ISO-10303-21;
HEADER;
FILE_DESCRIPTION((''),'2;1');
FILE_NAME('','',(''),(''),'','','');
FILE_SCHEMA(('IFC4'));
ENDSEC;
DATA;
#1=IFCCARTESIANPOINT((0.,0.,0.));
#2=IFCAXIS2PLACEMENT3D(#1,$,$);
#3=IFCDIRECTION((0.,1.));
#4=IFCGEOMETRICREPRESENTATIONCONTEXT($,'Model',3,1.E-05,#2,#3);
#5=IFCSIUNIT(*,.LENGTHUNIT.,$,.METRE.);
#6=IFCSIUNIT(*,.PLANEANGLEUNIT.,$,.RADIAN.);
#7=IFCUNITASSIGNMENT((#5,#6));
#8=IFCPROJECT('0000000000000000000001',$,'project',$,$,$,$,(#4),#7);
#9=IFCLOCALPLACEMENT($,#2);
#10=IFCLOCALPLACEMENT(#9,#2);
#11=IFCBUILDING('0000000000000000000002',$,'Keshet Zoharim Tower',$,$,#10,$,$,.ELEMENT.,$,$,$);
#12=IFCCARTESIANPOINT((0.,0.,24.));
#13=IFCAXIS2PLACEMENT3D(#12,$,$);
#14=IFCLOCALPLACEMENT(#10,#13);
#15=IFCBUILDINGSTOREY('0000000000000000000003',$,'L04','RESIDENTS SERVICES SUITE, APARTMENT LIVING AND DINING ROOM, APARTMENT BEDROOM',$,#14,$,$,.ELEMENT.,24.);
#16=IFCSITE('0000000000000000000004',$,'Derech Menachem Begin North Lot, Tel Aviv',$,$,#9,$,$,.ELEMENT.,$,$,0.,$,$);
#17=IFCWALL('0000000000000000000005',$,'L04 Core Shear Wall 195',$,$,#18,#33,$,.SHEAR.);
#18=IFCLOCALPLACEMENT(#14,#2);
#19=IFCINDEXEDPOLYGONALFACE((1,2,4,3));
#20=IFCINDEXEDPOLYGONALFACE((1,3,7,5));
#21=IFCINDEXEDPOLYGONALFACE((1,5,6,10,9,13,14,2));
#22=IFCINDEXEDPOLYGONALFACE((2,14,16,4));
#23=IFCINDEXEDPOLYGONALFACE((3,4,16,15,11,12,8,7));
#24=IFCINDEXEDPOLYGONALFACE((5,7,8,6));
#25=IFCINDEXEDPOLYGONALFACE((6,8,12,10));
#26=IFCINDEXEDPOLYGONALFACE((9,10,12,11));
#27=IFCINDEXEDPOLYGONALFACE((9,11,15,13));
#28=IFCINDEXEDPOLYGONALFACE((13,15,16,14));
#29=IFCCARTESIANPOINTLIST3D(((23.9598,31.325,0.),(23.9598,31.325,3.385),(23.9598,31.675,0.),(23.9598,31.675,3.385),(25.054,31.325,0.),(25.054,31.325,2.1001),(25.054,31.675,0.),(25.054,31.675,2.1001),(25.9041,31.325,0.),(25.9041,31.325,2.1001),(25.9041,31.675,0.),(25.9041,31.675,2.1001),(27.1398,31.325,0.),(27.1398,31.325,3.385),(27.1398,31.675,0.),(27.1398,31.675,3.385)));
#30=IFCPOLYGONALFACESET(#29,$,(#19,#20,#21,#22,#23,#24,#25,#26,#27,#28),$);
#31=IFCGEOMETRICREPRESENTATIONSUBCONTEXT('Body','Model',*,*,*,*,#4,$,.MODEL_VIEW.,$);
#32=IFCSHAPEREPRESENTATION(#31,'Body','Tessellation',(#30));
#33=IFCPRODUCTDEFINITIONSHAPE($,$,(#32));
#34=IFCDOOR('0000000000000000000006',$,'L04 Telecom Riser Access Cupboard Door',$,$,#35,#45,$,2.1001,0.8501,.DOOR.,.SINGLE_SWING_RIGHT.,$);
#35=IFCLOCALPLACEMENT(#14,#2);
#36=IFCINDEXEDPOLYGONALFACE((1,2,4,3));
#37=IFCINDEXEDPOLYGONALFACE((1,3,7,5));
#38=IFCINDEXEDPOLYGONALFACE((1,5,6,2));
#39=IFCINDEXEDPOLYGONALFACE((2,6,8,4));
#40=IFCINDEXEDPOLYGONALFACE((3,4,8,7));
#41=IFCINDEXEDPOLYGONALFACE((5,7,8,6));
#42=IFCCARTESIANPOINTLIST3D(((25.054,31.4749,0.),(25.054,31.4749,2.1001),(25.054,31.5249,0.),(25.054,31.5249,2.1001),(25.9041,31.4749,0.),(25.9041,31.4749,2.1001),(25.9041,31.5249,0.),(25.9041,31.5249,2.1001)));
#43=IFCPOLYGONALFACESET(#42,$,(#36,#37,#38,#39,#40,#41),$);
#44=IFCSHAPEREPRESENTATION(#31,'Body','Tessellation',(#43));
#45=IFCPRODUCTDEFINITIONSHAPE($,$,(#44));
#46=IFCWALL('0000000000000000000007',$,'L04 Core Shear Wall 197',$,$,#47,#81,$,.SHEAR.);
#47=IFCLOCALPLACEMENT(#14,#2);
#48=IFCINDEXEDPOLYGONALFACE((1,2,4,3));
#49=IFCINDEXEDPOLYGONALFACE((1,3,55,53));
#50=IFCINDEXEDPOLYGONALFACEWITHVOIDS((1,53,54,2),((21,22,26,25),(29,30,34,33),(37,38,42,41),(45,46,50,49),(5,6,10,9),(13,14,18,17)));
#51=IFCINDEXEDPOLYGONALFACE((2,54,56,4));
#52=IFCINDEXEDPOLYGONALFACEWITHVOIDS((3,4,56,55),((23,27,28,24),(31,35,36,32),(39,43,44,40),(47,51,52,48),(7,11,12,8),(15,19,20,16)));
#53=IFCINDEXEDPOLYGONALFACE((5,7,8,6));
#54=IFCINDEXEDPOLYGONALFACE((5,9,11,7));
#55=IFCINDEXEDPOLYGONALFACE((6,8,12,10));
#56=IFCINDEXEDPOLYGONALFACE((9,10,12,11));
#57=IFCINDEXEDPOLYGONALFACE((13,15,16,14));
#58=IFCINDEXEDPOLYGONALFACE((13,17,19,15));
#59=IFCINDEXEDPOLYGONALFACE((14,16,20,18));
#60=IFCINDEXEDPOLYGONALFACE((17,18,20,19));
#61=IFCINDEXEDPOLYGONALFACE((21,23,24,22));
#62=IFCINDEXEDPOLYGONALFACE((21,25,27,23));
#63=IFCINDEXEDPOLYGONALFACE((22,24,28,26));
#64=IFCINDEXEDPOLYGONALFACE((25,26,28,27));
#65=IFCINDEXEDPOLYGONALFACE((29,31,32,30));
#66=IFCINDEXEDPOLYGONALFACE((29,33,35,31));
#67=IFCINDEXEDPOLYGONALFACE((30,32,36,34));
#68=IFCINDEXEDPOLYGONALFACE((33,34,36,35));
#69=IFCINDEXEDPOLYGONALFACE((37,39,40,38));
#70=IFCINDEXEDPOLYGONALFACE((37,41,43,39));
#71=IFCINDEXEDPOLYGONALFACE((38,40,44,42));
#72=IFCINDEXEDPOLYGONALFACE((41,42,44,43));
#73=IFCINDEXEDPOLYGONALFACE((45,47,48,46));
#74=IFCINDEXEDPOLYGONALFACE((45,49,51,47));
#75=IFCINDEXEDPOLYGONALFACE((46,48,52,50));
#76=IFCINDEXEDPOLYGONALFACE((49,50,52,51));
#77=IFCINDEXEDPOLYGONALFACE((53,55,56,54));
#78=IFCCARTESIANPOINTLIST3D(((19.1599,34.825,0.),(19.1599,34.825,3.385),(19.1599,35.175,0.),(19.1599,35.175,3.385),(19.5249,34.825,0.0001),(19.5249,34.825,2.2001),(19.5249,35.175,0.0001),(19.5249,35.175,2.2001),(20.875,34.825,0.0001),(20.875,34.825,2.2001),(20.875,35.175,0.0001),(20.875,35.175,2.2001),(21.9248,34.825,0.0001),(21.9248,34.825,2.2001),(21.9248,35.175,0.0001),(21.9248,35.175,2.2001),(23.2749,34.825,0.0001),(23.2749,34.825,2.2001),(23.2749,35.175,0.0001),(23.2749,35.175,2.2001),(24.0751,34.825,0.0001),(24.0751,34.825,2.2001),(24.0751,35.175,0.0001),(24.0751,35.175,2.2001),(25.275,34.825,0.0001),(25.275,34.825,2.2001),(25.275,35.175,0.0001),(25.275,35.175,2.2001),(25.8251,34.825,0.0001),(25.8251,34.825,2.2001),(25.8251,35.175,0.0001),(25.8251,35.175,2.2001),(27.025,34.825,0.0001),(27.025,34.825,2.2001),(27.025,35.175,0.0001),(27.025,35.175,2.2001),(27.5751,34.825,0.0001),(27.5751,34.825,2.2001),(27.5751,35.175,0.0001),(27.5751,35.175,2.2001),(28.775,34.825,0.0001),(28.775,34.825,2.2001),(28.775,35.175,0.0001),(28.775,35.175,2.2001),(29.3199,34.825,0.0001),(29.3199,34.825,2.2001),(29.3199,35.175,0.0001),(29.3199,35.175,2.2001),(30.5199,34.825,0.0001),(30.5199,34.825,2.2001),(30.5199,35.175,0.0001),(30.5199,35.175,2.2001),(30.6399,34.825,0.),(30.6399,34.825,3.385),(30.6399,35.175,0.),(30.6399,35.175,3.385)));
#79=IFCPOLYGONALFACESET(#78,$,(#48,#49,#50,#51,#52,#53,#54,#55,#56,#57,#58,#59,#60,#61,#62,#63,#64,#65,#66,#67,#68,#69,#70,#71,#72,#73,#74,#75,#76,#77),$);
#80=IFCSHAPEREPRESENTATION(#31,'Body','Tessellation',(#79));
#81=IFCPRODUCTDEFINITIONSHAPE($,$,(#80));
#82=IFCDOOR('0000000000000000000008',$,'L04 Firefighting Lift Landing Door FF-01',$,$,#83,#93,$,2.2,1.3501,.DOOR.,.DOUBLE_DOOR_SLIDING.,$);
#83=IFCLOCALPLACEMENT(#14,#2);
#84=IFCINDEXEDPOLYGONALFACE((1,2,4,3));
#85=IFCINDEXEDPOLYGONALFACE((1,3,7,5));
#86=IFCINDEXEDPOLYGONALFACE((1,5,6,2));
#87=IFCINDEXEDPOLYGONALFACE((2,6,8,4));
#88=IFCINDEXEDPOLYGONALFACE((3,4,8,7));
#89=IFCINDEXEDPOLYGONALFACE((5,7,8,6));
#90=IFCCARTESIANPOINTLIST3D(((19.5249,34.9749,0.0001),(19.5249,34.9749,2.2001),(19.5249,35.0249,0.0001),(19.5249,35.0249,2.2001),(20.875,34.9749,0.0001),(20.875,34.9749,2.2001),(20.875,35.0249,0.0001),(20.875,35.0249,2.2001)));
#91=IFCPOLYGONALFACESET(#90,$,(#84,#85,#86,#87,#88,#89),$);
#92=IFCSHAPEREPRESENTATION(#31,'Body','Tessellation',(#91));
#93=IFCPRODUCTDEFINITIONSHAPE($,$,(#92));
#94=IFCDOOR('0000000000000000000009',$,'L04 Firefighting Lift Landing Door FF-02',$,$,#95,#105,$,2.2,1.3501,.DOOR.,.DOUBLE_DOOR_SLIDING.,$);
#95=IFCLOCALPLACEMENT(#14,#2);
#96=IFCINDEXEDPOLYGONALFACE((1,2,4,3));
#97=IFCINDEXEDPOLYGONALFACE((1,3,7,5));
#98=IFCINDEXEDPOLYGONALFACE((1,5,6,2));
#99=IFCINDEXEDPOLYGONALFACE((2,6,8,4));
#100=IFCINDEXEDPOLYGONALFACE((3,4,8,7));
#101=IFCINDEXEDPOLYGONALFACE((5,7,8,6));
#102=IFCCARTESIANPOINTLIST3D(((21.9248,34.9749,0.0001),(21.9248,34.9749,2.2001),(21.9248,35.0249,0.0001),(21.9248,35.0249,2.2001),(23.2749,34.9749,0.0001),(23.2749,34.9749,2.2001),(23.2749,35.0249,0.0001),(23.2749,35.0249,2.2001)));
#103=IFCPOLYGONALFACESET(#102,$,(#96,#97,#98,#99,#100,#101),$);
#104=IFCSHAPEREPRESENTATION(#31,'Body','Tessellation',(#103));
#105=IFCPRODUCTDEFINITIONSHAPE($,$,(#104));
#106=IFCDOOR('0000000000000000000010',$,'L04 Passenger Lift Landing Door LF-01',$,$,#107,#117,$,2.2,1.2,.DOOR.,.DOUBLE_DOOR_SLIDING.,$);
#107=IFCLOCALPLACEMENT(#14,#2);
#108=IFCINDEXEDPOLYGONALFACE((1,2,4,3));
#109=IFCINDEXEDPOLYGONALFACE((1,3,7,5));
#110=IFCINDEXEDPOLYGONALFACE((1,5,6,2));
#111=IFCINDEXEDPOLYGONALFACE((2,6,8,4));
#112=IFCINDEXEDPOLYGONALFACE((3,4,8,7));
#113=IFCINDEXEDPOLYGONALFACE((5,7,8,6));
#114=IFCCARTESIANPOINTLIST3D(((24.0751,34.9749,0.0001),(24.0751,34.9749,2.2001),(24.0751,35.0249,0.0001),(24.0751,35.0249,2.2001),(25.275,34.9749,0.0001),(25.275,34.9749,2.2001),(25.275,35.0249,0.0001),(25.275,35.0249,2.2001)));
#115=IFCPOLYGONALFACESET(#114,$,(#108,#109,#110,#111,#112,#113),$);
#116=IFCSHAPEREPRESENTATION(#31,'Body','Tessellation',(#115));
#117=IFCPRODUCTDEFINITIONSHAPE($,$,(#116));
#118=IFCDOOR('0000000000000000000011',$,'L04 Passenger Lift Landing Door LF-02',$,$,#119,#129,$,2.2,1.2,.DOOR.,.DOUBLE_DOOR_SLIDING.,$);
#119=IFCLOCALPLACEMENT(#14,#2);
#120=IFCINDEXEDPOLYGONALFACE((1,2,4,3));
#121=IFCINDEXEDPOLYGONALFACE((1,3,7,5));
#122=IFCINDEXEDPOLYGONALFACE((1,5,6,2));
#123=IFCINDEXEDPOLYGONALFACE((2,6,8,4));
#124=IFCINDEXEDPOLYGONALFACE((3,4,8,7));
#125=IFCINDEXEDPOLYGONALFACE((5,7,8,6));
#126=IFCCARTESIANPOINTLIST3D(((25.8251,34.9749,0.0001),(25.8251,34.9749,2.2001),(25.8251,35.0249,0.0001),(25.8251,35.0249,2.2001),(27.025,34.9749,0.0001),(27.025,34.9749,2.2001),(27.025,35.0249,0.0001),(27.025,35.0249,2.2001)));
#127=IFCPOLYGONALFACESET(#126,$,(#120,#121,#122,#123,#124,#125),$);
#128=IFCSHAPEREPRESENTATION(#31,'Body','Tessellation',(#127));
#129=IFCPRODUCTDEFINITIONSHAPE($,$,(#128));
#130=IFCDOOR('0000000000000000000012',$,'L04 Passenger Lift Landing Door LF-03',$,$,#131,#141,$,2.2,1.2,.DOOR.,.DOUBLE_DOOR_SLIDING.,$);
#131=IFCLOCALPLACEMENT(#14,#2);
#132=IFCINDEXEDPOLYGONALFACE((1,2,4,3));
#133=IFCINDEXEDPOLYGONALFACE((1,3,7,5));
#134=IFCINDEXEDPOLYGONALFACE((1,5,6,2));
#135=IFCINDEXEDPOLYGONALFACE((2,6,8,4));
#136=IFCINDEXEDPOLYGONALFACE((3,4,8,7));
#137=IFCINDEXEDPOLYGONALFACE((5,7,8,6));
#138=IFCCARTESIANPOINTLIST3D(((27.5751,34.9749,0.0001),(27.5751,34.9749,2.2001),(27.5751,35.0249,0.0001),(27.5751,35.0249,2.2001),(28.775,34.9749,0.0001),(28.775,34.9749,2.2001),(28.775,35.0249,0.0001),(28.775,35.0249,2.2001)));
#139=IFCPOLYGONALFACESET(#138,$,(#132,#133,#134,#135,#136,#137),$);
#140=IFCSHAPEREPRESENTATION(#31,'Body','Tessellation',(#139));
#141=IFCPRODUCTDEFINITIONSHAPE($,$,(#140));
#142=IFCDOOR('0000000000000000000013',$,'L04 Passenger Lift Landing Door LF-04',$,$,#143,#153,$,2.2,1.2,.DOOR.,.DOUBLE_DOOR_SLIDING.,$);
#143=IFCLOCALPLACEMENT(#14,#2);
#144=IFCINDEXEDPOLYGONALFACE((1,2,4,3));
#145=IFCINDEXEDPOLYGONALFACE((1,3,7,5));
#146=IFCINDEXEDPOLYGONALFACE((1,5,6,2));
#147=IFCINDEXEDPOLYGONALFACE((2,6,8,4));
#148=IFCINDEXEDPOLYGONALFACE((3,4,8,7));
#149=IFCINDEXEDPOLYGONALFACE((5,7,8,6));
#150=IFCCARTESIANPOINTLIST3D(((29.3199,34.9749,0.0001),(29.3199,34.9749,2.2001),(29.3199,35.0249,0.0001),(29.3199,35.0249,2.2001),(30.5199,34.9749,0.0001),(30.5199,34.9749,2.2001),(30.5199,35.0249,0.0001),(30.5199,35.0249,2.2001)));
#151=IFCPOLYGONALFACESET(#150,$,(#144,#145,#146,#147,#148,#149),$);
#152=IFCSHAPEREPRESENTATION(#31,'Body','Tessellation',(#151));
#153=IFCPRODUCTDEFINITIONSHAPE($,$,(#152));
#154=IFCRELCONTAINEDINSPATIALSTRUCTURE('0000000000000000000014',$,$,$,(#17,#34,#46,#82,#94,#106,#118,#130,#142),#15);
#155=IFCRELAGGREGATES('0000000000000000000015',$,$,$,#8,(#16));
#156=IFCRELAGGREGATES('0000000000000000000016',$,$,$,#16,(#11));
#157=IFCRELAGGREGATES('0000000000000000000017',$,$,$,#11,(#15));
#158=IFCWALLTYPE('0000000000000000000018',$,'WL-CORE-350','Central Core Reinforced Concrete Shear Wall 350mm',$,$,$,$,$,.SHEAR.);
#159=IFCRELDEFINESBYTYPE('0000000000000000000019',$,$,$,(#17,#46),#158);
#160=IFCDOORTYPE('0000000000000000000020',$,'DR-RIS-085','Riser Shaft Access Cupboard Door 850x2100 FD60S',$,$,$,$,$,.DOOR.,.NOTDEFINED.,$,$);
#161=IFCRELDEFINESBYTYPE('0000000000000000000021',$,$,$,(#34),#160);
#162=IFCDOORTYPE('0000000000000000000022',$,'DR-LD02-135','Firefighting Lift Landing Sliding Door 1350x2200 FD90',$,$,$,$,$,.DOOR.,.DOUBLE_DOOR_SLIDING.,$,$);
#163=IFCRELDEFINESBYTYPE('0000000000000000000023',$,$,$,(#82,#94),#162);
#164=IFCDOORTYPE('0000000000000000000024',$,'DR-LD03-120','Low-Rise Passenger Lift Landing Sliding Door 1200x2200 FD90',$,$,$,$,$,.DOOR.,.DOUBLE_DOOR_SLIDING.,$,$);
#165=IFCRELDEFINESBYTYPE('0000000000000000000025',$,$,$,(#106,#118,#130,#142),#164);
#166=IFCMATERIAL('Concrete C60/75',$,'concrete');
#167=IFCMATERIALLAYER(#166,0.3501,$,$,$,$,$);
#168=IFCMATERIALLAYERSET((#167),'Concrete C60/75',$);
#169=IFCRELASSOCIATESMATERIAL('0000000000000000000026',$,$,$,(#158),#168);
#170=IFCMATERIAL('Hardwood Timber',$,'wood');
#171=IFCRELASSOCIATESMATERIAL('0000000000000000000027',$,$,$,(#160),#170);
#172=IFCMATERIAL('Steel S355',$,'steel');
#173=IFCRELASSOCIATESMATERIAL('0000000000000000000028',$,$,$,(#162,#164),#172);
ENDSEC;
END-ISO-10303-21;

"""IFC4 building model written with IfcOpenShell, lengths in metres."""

from ifc_helpers import new_model, si_unit, direction, frame, frame_2d, origin, place, context, subcontext, project, spatial, rectangle, extrude, material, layer, layer_set, type_object, element, fill, save


model = new_model("IFC4")

# Units and contexts
model_context = context("Model", 3, precision=1e-05, world=origin(), true_north=direction((0.0, 1.0)))
body_context = subcontext(model_context, "Body", "Model", "MODEL_VIEW")
ifc_project = project(units=[si_unit("LENGTHUNIT", "METRE"), si_unit("PLANEANGLEUNIT", "RADIAN")], contexts=[model_context])

# Site, building, storey
site_placement = place(None, origin())
site = spatial("IfcSite", under=ifc_project, at=site_placement, Name="Derech Menachem Begin North Lot, Tel Aviv", CompositionType="ELEMENT", RefElevation=0.0)
building_placement = place(site_placement, origin())
building = spatial("IfcBuilding", under=site, at=building_placement, Name="Keshet Zoharim Tower", CompositionType="ELEMENT")
storey_placement = place(building_placement, frame((0.0, 0.0, 24.0)))
storey = spatial("IfcBuildingStorey", under=building, at=storey_placement, Name="L04", Description="RESIDENTS SERVICES SUITE, APARTMENT LIVING AND DINING ROOM, APARTMENT BEDROOM", CompositionType="ELEMENT", Elevation=24.0)

# Shared definitions
ifc_material_1 = material(Name="Steel S355", Category="steel")

# Shared definitions
ifc_material_2 = material(Name="Concrete C60/75", Category="concrete")
ifc_layer_1 = layer(ifc_material_2, 0.3501)
ifc_layer_set_1 = layer_set([ifc_layer_1], Name="Concrete C60/75")
wall_type_1 = type_object("IfcWallType", Name="WL-CORE-350", Description="Central Core Reinforced Concrete Shear Wall 350mm", PredefinedType="SHEAR", material=ifc_layer_set_1)
ifc_material_3 = material(Name="Hardwood Timber", Category="wood")

# Wall, opening, door
wall_1_placement = place(storey_placement, frame((23.96, 31.5, 0.0), z_axis=(0.0, 0.0, 1.0), x_axis=(1.0, 0.0, 0.0)))
wall_1 = element("IfcWall", 1, at=wall_1_placement, inside=storey, type_object=wall_type_1, Name="L04 Core Shear Wall 195", PredefinedType="SHEAR", context=body_context, shape_type="SweptSolid", body=[
    extrude(rectangle(XDim=3.1799, YDim=0.3501, at=frame_2d((1.5898, 0.0))), origin(), (0.0, 0.0, 1.0), 3.385),
])
opening_1_placement = place(wall_1_placement, frame((1.094, 0.0, 0.0)))
opening_1 = element("IfcOpeningElement", 2, at=opening_1_placement, cuts=wall_1, PredefinedType="OPENING", context=body_context, shape_type="SweptSolid", body=[
    extrude(rectangle(XDim=0.8501, YDim=2.1001, at=frame_2d((0.425, 1.05))), frame((0.0, 0.1851, 0.0), z_axis=(0.0, -1.0, 0.0), x_axis=(1.0, 0.0, 0.0)), (0.0, 0.0, 1.0), 0.3701),
])
door_type_1 = type_object("IfcDoorType", Name="DR-RIS-085", Description="Riser Shaft Access Cupboard Door 850x2100 FD60S", OperationType="NOTDEFINED", PredefinedType="DOOR", material=ifc_material_3)
door_1_placement = place(opening_1_placement, origin())
door_1 = element("IfcDoor", 3, at=door_1_placement, inside=storey, type_object=door_type_1, Name="L04 Telecom Riser Access Cupboard Door", OperationType="SINGLE_SWING_RIGHT", OverallHeight=2.1001, OverallWidth=0.8501, PredefinedType="DOOR", context=body_context, shape_type="SweptSolid", body=[
    extrude(rectangle(XDim=0.8501, YDim=2.1001, at=frame_2d((0.425, 1.05))), frame((0.0, 0.0249, 0.0), z_axis=(0.0, -1.0, 0.0), x_axis=(1.0, 0.0, 0.0)), (0.0, 0.0, 1.0), 0.05),
])
fill(opening_1, door_1)

# Wall, openings, doors
wall_2_placement = place(storey_placement, frame((19.1599, 35.0, 0.0), z_axis=(0.0, 0.0, 1.0), x_axis=(1.0, 0.0, 0.0)))
wall_2 = element("IfcWall", 4, at=wall_2_placement, inside=storey, type_object=wall_type_1, Name="L04 Core Shear Wall 197", PredefinedType="SHEAR", context=body_context, shape_type="SweptSolid", body=[
    extrude(rectangle(XDim=11.48, YDim=0.3501, at=frame_2d((5.74, 0.0))), origin(), (0.0, 0.0, 1.0), 3.385),
])
opening_2_placement = place(wall_2_placement, frame((0.365, 0.0, 0.0)))
opening_2 = element("IfcOpeningElement", 5, at=opening_2_placement, cuts=wall_2, PredefinedType="OPENING", context=body_context, shape_type="SweptSolid", body=[
    extrude(rectangle(XDim=1.3501, YDim=2.2, at=frame_2d((0.675, 1.1001))), frame((0.0, 0.1851, 0.0), z_axis=(0.0, -1.0, 0.0), x_axis=(1.0, 0.0, 0.0)), (0.0, 0.0, 1.0), 0.3701),
])
opening_3_placement = place(wall_2_placement, frame((2.7649, 0.0, 0.0)))
opening_3 = element("IfcOpeningElement", 6, at=opening_3_placement, cuts=wall_2, PredefinedType="OPENING", context=body_context, shape_type="SweptSolid", body=[
    extrude(rectangle(XDim=1.3501, YDim=2.2, at=frame_2d((0.675, 1.1001))), frame((0.0, 0.1851, 0.0), z_axis=(0.0, -1.0, 0.0), x_axis=(1.0, 0.0, 0.0)), (0.0, 0.0, 1.0), 0.3701),
])
opening_4_placement = place(wall_2_placement, frame((4.915, 0.0, 0.0)))
opening_4 = element("IfcOpeningElement", 7, at=opening_4_placement, cuts=wall_2, PredefinedType="OPENING", context=body_context, shape_type="SweptSolid", body=[
    extrude(rectangle(XDim=1.2, YDim=2.2, at=frame_2d((0.6001, 1.1001))), frame((0.0, 0.1851, 0.0), z_axis=(0.0, -1.0, 0.0), x_axis=(1.0, 0.0, 0.0)), (0.0, 0.0, 1.0), 0.3701),
])
opening_5_placement = place(wall_2_placement, frame((6.665, 0.0, 0.0)))
opening_5 = element("IfcOpeningElement", 8, at=opening_5_placement, cuts=wall_2, PredefinedType="OPENING", context=body_context, shape_type="SweptSolid", body=[
    extrude(rectangle(XDim=1.2, YDim=2.2, at=frame_2d((0.6001, 1.1001))), frame((0.0, 0.1851, 0.0), z_axis=(0.0, -1.0, 0.0), x_axis=(1.0, 0.0, 0.0)), (0.0, 0.0, 1.0), 0.3701),
])
opening_6_placement = place(wall_2_placement, frame((8.415, 0.0, 0.0)))
opening_6 = element("IfcOpeningElement", 9, at=opening_6_placement, cuts=wall_2, PredefinedType="OPENING", context=body_context, shape_type="SweptSolid", body=[
    extrude(rectangle(XDim=1.2, YDim=2.2, at=frame_2d((0.6001, 1.1001))), frame((0.0, 0.1851, 0.0), z_axis=(0.0, -1.0, 0.0), x_axis=(1.0, 0.0, 0.0)), (0.0, 0.0, 1.0), 0.3701),
])
opening_7_placement = place(wall_2_placement, frame((10.1599, 0.0, 0.0)))
opening_7 = element("IfcOpeningElement", 10, at=opening_7_placement, cuts=wall_2, PredefinedType="OPENING", context=body_context, shape_type="SweptSolid", body=[
    extrude(rectangle(XDim=1.2, YDim=2.2, at=frame_2d((0.6001, 1.1001))), frame((0.0, 0.1851, 0.0), z_axis=(0.0, -1.0, 0.0), x_axis=(1.0, 0.0, 0.0)), (0.0, 0.0, 1.0), 0.3701),
])
door_type_2 = type_object("IfcDoorType", Name="DR-LD02-135", Description="Firefighting Lift Landing Sliding Door 1350x2200 FD90", OperationType="DOUBLE_DOOR_SLIDING", PredefinedType="DOOR", material=ifc_material_1)
door_2_placement = place(opening_2_placement, origin())
door_2 = element("IfcDoor", 11, at=door_2_placement, inside=storey, type_object=door_type_2, Name="L04 Firefighting Lift Landing Door FF-01", OperationType="DOUBLE_DOOR_SLIDING", OverallHeight=2.2, OverallWidth=1.3501, PredefinedType="DOOR", context=body_context, shape_type="SweptSolid", body=[
    extrude(rectangle(XDim=1.3501, YDim=2.2, at=frame_2d((0.675, 1.1001))), frame((0.0, 0.0249, 0.0), z_axis=(0.0, -1.0, 0.0), x_axis=(1.0, 0.0, 0.0)), (0.0, 0.0, 1.0), 0.05),
])
fill(opening_2, door_2)
door_3_placement = place(opening_3_placement, origin())
door_3 = element("IfcDoor", 12, at=door_3_placement, inside=storey, type_object=door_type_2, Name="L04 Firefighting Lift Landing Door FF-02", OperationType="DOUBLE_DOOR_SLIDING", OverallHeight=2.2, OverallWidth=1.3501, PredefinedType="DOOR", context=body_context, shape_type="SweptSolid", body=[
    extrude(rectangle(XDim=1.3501, YDim=2.2, at=frame_2d((0.675, 1.1001))), frame((0.0, 0.0249, 0.0), z_axis=(0.0, -1.0, 0.0), x_axis=(1.0, 0.0, 0.0)), (0.0, 0.0, 1.0), 0.05),
])
fill(opening_3, door_3)
door_type_3 = type_object("IfcDoorType", Name="DR-LD03-120", Description="Low-Rise Passenger Lift Landing Sliding Door 1200x2200 FD90", OperationType="DOUBLE_DOOR_SLIDING", PredefinedType="DOOR", material=ifc_material_1)
door_4_placement = place(opening_4_placement, origin())
door_4 = element("IfcDoor", 13, at=door_4_placement, inside=storey, type_object=door_type_3, Name="L04 Passenger Lift Landing Door LF-01", OperationType="DOUBLE_DOOR_SLIDING", OverallHeight=2.2, OverallWidth=1.2, PredefinedType="DOOR", context=body_context, shape_type="SweptSolid", body=[
    extrude(rectangle(XDim=1.2, YDim=2.2, at=frame_2d((0.6001, 1.1001))), frame((0.0, 0.0249, 0.0), z_axis=(0.0, -1.0, 0.0), x_axis=(1.0, 0.0, 0.0)), (0.0, 0.0, 1.0), 0.05),
])
fill(opening_4, door_4)
door_5_placement = place(opening_5_placement, origin())
door_5 = element("IfcDoor", 14, at=door_5_placement, inside=storey, type_object=door_type_3, Name="L04 Passenger Lift Landing Door LF-02", OperationType="DOUBLE_DOOR_SLIDING", OverallHeight=2.2, OverallWidth=1.2, PredefinedType="DOOR", context=body_context, shape_type="SweptSolid", body=[
    extrude(rectangle(XDim=1.2, YDim=2.2, at=frame_2d((0.6001, 1.1001))), frame((0.0, 0.0249, 0.0), z_axis=(0.0, -1.0, 0.0), x_axis=(1.0, 0.0, 0.0)), (0.0, 0.0, 1.0), 0.05),
])
fill(opening_5, door_5)
door_6_placement = place(opening_6_placement, origin())
door_6 = element("IfcDoor", 15, at=door_6_placement, inside=storey, type_object=door_type_3, Name="L04 Passenger Lift Landing Door LF-03", OperationType="DOUBLE_DOOR_SLIDING", OverallHeight=2.2, OverallWidth=1.2, PredefinedType="DOOR", context=body_context, shape_type="SweptSolid", body=[
    extrude(rectangle(XDim=1.2, YDim=2.2, at=frame_2d((0.6001, 1.1001))), frame((0.0, 0.0249, 0.0), z_axis=(0.0, -1.0, 0.0), x_axis=(1.0, 0.0, 0.0)), (0.0, 0.0, 1.0), 0.05),
])
fill(opening_6, door_6)
door_7_placement = place(opening_7_placement, origin())
door_7 = element("IfcDoor", 16, at=door_7_placement, inside=storey, type_object=door_type_3, Name="L04 Passenger Lift Landing Door LF-04", OperationType="DOUBLE_DOOR_SLIDING", OverallHeight=2.2, OverallWidth=1.2, PredefinedType="DOOR", context=body_context, shape_type="SweptSolid", body=[
    extrude(rectangle(XDim=1.2, YDim=2.2, at=frame_2d((0.6001, 1.1001))), frame((0.0, 0.0249, 0.0), z_axis=(0.0, -1.0, 0.0), x_axis=(1.0, 0.0, 0.0)), (0.0, 0.0, 1.0), 0.05),
])
fill(opening_7, door_7)

save(model, "model.ifc")
